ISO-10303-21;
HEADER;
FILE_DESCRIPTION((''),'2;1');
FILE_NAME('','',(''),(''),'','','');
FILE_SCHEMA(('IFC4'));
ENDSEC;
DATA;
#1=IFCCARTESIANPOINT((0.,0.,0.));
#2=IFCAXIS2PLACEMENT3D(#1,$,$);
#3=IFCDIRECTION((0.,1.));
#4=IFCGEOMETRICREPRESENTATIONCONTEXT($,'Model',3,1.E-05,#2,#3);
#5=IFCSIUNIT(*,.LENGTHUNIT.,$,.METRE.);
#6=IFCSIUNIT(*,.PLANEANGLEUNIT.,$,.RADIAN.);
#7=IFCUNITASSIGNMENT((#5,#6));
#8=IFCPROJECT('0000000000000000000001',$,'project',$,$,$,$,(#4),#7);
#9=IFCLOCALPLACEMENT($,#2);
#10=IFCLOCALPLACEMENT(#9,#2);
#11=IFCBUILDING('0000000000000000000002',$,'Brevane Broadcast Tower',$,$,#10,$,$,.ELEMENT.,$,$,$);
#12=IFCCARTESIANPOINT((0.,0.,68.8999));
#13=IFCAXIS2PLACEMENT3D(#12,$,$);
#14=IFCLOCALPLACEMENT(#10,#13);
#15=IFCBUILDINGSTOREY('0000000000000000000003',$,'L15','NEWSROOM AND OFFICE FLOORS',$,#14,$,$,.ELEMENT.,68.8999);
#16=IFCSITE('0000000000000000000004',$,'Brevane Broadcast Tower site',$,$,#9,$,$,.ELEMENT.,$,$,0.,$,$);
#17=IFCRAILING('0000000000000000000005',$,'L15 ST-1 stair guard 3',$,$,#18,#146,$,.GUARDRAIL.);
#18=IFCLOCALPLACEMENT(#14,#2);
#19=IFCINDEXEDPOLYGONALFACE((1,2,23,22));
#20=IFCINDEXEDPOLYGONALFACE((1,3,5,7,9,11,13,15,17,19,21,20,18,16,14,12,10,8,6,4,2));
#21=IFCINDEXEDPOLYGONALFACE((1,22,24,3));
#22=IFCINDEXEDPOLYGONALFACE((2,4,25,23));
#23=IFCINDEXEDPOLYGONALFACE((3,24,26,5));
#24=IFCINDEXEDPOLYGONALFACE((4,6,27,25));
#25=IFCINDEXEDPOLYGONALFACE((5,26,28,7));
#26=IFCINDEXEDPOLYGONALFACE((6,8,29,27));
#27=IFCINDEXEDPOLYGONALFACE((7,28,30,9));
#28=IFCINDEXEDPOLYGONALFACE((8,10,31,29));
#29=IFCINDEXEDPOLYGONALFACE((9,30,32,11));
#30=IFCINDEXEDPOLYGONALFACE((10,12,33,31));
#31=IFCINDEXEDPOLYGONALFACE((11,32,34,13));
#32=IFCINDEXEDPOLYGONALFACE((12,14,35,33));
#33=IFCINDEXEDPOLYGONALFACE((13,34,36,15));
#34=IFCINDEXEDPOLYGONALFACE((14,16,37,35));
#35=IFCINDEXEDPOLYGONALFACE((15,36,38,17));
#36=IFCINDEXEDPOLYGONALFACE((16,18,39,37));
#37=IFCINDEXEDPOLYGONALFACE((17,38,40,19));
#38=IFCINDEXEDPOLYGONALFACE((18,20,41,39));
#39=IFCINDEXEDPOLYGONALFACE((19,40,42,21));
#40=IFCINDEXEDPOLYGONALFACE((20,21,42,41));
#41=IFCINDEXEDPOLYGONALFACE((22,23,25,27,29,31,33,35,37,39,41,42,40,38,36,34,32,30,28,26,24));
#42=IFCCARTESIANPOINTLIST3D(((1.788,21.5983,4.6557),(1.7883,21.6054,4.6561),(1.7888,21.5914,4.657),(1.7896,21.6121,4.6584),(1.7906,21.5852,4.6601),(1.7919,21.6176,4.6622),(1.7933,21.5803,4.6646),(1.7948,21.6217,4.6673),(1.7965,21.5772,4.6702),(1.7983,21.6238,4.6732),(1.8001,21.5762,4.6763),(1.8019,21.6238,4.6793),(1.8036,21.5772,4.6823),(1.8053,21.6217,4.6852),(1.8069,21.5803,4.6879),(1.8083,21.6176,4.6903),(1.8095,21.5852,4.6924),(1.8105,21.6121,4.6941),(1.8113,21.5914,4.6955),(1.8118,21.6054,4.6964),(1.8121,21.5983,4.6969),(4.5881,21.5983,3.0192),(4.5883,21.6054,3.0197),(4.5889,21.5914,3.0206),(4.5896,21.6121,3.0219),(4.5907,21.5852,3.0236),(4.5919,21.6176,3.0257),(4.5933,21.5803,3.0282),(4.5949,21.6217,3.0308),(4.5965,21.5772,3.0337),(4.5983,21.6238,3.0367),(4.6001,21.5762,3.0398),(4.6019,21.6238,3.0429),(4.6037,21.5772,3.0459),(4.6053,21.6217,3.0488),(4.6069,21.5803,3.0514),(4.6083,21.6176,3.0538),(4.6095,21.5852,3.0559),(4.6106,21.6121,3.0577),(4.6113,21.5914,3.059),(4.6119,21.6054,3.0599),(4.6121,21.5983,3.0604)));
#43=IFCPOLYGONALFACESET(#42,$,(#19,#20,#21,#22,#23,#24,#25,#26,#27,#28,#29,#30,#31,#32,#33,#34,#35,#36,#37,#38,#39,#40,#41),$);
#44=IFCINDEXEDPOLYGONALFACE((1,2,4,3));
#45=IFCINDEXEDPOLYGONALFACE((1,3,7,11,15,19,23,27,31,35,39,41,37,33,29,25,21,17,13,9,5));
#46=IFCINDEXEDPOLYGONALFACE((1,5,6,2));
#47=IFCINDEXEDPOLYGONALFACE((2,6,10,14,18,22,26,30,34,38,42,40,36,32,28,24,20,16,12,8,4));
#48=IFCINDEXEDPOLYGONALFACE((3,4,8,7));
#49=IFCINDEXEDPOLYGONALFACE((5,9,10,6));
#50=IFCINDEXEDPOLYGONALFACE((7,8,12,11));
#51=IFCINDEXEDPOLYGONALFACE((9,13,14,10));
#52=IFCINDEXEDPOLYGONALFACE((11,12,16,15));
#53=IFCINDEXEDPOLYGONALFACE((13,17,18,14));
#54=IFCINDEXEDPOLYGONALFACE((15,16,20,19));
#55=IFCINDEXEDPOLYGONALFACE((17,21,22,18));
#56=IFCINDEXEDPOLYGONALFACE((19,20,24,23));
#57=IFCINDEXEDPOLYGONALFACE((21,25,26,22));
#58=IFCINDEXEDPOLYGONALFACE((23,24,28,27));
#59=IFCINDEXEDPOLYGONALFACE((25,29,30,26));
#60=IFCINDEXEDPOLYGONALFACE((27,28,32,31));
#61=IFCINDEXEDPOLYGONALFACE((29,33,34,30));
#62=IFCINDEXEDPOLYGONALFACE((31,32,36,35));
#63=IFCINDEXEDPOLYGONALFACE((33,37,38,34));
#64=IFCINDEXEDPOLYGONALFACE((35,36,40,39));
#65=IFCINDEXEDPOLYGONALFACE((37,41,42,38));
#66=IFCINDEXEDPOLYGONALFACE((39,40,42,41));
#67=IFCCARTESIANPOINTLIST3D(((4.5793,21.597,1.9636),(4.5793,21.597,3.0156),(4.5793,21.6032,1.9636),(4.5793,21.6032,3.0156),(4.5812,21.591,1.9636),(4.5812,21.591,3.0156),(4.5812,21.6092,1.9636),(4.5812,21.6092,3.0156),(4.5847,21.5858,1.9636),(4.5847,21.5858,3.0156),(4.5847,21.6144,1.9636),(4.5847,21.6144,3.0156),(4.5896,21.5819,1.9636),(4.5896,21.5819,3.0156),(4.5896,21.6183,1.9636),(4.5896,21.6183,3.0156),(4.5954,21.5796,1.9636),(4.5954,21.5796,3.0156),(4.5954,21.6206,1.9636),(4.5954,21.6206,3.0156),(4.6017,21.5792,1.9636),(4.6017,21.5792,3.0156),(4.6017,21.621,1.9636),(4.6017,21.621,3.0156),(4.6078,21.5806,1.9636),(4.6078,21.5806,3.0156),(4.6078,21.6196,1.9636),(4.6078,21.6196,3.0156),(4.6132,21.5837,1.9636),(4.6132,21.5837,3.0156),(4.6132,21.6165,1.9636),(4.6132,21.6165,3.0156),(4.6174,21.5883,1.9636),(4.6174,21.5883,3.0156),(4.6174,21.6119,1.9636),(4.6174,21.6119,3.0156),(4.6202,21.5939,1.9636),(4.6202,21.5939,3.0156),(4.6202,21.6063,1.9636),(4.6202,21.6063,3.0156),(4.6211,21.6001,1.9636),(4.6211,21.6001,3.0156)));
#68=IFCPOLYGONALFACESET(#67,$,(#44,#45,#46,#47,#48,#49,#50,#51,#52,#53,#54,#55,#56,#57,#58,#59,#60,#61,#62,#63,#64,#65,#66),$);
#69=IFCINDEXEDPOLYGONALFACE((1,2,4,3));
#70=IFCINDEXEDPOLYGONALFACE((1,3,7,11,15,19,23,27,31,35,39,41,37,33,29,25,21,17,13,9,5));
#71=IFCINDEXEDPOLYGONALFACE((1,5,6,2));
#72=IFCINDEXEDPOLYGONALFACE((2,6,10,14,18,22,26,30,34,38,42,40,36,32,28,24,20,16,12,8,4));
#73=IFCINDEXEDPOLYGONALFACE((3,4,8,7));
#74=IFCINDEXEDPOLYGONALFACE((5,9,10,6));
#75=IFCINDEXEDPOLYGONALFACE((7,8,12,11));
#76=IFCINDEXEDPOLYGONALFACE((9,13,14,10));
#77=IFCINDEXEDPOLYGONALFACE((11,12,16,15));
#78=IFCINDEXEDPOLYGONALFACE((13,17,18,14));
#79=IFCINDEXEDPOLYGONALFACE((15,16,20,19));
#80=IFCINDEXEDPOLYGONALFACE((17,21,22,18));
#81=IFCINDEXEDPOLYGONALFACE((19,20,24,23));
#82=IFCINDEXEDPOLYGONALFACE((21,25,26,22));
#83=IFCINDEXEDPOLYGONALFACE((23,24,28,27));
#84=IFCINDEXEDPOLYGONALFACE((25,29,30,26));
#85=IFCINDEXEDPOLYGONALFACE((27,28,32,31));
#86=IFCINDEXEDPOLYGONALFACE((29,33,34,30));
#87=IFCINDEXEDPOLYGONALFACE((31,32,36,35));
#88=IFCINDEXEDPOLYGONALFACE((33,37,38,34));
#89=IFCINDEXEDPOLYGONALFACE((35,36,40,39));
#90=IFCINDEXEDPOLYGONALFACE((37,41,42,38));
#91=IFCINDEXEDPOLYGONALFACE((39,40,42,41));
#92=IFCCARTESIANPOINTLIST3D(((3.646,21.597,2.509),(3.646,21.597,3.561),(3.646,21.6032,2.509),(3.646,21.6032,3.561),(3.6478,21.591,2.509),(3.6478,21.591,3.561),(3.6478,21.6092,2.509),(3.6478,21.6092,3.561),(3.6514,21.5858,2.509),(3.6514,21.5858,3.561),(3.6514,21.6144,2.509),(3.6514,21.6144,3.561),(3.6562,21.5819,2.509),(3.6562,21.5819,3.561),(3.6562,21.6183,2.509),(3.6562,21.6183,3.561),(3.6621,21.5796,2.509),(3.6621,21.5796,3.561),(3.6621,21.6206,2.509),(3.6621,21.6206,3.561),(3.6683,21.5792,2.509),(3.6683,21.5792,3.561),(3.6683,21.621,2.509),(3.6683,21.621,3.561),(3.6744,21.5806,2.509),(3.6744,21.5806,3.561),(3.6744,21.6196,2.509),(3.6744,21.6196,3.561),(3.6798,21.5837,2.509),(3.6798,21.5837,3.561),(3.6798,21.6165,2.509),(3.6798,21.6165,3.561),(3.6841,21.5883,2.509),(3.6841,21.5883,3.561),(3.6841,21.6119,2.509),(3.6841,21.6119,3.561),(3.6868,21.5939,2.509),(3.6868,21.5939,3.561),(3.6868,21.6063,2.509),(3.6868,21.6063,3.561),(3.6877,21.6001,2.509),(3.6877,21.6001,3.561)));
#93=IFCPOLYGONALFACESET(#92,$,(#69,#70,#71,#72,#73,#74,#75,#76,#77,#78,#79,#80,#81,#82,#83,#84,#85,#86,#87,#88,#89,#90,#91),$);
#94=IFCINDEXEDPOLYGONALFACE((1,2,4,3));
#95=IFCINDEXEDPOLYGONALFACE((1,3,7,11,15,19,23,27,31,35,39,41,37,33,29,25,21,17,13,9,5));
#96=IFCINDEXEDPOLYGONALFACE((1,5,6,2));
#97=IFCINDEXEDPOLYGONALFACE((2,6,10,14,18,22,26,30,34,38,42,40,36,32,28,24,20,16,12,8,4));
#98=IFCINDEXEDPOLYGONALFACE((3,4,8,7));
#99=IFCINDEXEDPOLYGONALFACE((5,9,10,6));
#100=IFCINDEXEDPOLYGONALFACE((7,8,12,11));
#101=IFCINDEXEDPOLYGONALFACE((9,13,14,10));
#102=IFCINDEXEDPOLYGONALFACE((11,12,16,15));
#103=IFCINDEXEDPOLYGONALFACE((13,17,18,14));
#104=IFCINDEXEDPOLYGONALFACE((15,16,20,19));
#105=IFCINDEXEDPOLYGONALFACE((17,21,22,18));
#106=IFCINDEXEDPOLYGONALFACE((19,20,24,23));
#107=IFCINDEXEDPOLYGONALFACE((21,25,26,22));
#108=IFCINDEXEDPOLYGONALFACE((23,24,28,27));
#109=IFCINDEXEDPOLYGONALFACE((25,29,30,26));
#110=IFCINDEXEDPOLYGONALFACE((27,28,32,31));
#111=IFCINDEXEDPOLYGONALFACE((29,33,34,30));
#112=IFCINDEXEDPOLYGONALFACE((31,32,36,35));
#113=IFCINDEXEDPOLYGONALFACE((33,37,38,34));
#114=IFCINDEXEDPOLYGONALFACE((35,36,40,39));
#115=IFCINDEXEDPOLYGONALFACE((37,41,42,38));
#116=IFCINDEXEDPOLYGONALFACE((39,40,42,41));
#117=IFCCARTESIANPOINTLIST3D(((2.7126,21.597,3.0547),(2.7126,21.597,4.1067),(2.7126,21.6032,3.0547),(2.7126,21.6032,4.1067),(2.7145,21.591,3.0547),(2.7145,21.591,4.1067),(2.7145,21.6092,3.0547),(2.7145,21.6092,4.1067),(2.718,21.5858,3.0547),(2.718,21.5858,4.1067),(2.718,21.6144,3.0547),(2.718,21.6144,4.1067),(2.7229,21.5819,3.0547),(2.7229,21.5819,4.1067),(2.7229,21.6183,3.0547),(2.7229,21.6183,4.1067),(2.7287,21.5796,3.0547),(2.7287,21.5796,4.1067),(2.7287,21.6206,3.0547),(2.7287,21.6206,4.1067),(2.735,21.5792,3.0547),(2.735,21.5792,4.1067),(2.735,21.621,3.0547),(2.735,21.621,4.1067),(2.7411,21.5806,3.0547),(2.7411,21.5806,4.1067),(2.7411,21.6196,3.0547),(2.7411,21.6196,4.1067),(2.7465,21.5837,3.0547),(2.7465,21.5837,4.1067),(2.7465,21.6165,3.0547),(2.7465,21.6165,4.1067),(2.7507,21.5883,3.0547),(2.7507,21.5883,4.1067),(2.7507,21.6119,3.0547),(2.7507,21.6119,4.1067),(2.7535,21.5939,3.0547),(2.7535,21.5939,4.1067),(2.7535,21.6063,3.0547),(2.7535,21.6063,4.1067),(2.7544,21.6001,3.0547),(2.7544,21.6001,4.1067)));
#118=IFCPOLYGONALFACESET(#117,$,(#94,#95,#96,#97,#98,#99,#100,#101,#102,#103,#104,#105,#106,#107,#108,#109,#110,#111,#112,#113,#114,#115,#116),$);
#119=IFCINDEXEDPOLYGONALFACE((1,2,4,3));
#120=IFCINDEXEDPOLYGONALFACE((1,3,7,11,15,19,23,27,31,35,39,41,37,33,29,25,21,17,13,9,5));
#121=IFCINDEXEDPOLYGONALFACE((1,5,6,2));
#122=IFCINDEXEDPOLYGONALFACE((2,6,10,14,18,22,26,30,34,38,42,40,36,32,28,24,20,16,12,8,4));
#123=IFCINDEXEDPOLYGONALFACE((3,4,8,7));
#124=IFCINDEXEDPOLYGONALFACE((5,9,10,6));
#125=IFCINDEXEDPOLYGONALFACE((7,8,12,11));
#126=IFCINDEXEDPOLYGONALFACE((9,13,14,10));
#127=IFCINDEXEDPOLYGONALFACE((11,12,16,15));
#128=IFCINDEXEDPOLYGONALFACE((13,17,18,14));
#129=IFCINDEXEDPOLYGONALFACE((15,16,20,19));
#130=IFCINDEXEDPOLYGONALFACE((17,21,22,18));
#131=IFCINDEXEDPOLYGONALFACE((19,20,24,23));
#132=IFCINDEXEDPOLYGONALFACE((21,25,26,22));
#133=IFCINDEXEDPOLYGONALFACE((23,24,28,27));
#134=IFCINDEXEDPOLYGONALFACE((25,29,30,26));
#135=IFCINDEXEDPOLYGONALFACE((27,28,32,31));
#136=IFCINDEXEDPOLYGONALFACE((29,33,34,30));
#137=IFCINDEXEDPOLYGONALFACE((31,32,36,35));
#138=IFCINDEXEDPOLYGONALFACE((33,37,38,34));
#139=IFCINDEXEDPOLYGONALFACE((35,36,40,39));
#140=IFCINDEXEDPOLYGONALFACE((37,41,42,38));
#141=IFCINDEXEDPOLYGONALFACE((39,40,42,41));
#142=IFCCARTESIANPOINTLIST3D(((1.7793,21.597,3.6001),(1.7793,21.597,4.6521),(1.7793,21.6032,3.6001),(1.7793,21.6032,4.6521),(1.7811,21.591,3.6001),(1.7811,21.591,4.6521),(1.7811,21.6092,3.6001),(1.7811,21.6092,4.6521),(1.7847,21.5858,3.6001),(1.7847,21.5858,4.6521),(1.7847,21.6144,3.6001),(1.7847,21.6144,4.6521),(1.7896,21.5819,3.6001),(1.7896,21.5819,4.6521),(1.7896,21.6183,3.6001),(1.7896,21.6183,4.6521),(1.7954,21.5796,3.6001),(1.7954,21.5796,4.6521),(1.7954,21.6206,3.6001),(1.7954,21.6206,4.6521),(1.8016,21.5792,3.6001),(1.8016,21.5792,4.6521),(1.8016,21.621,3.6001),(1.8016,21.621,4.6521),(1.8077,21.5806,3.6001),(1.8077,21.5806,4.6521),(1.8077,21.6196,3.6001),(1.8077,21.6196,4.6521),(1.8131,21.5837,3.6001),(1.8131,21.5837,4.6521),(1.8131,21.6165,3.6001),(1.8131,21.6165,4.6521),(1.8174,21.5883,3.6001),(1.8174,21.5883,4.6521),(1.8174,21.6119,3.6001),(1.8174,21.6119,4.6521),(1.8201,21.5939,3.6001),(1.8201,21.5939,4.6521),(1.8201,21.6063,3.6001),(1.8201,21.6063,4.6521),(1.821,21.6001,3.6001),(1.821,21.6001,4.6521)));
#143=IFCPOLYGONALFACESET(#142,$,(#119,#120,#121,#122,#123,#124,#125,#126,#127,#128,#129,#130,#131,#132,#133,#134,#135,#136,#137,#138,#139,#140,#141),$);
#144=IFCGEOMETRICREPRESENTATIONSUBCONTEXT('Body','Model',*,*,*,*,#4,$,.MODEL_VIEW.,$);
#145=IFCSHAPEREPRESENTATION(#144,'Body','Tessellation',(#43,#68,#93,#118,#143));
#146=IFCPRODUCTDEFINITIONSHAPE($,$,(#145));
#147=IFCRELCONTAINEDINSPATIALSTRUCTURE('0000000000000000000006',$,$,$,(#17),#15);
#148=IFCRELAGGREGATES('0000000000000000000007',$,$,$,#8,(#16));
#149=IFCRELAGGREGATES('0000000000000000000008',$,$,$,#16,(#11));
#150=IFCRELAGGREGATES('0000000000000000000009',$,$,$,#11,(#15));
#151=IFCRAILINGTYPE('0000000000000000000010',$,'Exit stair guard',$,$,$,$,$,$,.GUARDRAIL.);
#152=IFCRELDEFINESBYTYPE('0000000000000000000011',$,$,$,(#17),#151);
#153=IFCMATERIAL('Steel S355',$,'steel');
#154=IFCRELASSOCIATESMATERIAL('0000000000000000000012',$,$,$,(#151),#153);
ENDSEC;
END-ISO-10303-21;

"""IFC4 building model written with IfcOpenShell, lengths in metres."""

from ifc_helpers import new_model, si_unit, direction, frame, origin, origin_2d, place, context, subcontext, project, spatial, circle, extrude, material, type_object, element, save


model = new_model("IFC4")

# Units and contexts
model_context = context("Model", 3, precision=1e-05, world=origin(), true_north=direction((0.0, 1.0)))
body_context = subcontext(model_context, "Body", "Model", "MODEL_VIEW")
ifc_project = project(units=[si_unit("LENGTHUNIT", "METRE"), si_unit("PLANEANGLEUNIT", "RADIAN")], contexts=[model_context])

# Site, building, storey
site_placement = place(None, origin())
site = spatial("IfcSite", under=ifc_project, at=site_placement, Name="Brevane Broadcast Tower site", CompositionType="ELEMENT", RefElevation=0.0)
building_placement = place(site_placement, origin())
building = spatial("IfcBuilding", under=site, at=building_placement, Name="Brevane Broadcast Tower", CompositionType="ELEMENT")
storey_placement = place(building_placement, frame((0.0, 0.0, 68.8999)))
storey = spatial("IfcBuildingStorey", under=building, at=storey_placement, Name="L15", Description="NEWSROOM AND OFFICE FLOORS", CompositionType="ELEMENT", Elevation=68.8999)

# Railing
ifc_material_1 = material(Name="Steel S355", Category="steel")
railing_type_1 = type_object("IfcRailingType", Name="Exit stair guard", PredefinedType="GUARDRAIL", material=ifc_material_1)
railing_1_placement = place(storey_placement, frame((4.6001, 21.6001, 1.9636)))
element("IfcRailing", 1, at=railing_1_placement, inside=storey, type_object=railing_type_1, Name="L15 ST-1 stair guard 3", PredefinedType="GUARDRAIL", context=body_context, shape_type="SweptSolid", body=[
    extrude(circle(Radius=0.0239, at=origin_2d()), frame((0.0, 0.0, 1.0762), z_axis=(-0.863361, 0.0, 0.504587), x_axis=(0.0, -1.0, 0.0)), (0.0, 0.0, 1.0), 3.2432),
    extrude(circle(Radius=0.021, at=origin_2d()), origin(), (0.0, 0.0, 1.0), 1.052),
    extrude(circle(Radius=0.021, at=origin_2d()), frame((-0.9333, 0.0, 0.5454)), (0.0, 0.0, 1.0), 1.052),
    extrude(circle(Radius=0.021, at=origin_2d()), frame((-1.8667, 0.0, 1.0911)), (0.0, 0.0, 1.0), 1.052),
    extrude(circle(Radius=0.021, at=origin_2d()), frame((-2.8, 0.0, 1.6365)), (0.0, 0.0, 1.0), 1.052),
])

save(model, "model.ifc")
